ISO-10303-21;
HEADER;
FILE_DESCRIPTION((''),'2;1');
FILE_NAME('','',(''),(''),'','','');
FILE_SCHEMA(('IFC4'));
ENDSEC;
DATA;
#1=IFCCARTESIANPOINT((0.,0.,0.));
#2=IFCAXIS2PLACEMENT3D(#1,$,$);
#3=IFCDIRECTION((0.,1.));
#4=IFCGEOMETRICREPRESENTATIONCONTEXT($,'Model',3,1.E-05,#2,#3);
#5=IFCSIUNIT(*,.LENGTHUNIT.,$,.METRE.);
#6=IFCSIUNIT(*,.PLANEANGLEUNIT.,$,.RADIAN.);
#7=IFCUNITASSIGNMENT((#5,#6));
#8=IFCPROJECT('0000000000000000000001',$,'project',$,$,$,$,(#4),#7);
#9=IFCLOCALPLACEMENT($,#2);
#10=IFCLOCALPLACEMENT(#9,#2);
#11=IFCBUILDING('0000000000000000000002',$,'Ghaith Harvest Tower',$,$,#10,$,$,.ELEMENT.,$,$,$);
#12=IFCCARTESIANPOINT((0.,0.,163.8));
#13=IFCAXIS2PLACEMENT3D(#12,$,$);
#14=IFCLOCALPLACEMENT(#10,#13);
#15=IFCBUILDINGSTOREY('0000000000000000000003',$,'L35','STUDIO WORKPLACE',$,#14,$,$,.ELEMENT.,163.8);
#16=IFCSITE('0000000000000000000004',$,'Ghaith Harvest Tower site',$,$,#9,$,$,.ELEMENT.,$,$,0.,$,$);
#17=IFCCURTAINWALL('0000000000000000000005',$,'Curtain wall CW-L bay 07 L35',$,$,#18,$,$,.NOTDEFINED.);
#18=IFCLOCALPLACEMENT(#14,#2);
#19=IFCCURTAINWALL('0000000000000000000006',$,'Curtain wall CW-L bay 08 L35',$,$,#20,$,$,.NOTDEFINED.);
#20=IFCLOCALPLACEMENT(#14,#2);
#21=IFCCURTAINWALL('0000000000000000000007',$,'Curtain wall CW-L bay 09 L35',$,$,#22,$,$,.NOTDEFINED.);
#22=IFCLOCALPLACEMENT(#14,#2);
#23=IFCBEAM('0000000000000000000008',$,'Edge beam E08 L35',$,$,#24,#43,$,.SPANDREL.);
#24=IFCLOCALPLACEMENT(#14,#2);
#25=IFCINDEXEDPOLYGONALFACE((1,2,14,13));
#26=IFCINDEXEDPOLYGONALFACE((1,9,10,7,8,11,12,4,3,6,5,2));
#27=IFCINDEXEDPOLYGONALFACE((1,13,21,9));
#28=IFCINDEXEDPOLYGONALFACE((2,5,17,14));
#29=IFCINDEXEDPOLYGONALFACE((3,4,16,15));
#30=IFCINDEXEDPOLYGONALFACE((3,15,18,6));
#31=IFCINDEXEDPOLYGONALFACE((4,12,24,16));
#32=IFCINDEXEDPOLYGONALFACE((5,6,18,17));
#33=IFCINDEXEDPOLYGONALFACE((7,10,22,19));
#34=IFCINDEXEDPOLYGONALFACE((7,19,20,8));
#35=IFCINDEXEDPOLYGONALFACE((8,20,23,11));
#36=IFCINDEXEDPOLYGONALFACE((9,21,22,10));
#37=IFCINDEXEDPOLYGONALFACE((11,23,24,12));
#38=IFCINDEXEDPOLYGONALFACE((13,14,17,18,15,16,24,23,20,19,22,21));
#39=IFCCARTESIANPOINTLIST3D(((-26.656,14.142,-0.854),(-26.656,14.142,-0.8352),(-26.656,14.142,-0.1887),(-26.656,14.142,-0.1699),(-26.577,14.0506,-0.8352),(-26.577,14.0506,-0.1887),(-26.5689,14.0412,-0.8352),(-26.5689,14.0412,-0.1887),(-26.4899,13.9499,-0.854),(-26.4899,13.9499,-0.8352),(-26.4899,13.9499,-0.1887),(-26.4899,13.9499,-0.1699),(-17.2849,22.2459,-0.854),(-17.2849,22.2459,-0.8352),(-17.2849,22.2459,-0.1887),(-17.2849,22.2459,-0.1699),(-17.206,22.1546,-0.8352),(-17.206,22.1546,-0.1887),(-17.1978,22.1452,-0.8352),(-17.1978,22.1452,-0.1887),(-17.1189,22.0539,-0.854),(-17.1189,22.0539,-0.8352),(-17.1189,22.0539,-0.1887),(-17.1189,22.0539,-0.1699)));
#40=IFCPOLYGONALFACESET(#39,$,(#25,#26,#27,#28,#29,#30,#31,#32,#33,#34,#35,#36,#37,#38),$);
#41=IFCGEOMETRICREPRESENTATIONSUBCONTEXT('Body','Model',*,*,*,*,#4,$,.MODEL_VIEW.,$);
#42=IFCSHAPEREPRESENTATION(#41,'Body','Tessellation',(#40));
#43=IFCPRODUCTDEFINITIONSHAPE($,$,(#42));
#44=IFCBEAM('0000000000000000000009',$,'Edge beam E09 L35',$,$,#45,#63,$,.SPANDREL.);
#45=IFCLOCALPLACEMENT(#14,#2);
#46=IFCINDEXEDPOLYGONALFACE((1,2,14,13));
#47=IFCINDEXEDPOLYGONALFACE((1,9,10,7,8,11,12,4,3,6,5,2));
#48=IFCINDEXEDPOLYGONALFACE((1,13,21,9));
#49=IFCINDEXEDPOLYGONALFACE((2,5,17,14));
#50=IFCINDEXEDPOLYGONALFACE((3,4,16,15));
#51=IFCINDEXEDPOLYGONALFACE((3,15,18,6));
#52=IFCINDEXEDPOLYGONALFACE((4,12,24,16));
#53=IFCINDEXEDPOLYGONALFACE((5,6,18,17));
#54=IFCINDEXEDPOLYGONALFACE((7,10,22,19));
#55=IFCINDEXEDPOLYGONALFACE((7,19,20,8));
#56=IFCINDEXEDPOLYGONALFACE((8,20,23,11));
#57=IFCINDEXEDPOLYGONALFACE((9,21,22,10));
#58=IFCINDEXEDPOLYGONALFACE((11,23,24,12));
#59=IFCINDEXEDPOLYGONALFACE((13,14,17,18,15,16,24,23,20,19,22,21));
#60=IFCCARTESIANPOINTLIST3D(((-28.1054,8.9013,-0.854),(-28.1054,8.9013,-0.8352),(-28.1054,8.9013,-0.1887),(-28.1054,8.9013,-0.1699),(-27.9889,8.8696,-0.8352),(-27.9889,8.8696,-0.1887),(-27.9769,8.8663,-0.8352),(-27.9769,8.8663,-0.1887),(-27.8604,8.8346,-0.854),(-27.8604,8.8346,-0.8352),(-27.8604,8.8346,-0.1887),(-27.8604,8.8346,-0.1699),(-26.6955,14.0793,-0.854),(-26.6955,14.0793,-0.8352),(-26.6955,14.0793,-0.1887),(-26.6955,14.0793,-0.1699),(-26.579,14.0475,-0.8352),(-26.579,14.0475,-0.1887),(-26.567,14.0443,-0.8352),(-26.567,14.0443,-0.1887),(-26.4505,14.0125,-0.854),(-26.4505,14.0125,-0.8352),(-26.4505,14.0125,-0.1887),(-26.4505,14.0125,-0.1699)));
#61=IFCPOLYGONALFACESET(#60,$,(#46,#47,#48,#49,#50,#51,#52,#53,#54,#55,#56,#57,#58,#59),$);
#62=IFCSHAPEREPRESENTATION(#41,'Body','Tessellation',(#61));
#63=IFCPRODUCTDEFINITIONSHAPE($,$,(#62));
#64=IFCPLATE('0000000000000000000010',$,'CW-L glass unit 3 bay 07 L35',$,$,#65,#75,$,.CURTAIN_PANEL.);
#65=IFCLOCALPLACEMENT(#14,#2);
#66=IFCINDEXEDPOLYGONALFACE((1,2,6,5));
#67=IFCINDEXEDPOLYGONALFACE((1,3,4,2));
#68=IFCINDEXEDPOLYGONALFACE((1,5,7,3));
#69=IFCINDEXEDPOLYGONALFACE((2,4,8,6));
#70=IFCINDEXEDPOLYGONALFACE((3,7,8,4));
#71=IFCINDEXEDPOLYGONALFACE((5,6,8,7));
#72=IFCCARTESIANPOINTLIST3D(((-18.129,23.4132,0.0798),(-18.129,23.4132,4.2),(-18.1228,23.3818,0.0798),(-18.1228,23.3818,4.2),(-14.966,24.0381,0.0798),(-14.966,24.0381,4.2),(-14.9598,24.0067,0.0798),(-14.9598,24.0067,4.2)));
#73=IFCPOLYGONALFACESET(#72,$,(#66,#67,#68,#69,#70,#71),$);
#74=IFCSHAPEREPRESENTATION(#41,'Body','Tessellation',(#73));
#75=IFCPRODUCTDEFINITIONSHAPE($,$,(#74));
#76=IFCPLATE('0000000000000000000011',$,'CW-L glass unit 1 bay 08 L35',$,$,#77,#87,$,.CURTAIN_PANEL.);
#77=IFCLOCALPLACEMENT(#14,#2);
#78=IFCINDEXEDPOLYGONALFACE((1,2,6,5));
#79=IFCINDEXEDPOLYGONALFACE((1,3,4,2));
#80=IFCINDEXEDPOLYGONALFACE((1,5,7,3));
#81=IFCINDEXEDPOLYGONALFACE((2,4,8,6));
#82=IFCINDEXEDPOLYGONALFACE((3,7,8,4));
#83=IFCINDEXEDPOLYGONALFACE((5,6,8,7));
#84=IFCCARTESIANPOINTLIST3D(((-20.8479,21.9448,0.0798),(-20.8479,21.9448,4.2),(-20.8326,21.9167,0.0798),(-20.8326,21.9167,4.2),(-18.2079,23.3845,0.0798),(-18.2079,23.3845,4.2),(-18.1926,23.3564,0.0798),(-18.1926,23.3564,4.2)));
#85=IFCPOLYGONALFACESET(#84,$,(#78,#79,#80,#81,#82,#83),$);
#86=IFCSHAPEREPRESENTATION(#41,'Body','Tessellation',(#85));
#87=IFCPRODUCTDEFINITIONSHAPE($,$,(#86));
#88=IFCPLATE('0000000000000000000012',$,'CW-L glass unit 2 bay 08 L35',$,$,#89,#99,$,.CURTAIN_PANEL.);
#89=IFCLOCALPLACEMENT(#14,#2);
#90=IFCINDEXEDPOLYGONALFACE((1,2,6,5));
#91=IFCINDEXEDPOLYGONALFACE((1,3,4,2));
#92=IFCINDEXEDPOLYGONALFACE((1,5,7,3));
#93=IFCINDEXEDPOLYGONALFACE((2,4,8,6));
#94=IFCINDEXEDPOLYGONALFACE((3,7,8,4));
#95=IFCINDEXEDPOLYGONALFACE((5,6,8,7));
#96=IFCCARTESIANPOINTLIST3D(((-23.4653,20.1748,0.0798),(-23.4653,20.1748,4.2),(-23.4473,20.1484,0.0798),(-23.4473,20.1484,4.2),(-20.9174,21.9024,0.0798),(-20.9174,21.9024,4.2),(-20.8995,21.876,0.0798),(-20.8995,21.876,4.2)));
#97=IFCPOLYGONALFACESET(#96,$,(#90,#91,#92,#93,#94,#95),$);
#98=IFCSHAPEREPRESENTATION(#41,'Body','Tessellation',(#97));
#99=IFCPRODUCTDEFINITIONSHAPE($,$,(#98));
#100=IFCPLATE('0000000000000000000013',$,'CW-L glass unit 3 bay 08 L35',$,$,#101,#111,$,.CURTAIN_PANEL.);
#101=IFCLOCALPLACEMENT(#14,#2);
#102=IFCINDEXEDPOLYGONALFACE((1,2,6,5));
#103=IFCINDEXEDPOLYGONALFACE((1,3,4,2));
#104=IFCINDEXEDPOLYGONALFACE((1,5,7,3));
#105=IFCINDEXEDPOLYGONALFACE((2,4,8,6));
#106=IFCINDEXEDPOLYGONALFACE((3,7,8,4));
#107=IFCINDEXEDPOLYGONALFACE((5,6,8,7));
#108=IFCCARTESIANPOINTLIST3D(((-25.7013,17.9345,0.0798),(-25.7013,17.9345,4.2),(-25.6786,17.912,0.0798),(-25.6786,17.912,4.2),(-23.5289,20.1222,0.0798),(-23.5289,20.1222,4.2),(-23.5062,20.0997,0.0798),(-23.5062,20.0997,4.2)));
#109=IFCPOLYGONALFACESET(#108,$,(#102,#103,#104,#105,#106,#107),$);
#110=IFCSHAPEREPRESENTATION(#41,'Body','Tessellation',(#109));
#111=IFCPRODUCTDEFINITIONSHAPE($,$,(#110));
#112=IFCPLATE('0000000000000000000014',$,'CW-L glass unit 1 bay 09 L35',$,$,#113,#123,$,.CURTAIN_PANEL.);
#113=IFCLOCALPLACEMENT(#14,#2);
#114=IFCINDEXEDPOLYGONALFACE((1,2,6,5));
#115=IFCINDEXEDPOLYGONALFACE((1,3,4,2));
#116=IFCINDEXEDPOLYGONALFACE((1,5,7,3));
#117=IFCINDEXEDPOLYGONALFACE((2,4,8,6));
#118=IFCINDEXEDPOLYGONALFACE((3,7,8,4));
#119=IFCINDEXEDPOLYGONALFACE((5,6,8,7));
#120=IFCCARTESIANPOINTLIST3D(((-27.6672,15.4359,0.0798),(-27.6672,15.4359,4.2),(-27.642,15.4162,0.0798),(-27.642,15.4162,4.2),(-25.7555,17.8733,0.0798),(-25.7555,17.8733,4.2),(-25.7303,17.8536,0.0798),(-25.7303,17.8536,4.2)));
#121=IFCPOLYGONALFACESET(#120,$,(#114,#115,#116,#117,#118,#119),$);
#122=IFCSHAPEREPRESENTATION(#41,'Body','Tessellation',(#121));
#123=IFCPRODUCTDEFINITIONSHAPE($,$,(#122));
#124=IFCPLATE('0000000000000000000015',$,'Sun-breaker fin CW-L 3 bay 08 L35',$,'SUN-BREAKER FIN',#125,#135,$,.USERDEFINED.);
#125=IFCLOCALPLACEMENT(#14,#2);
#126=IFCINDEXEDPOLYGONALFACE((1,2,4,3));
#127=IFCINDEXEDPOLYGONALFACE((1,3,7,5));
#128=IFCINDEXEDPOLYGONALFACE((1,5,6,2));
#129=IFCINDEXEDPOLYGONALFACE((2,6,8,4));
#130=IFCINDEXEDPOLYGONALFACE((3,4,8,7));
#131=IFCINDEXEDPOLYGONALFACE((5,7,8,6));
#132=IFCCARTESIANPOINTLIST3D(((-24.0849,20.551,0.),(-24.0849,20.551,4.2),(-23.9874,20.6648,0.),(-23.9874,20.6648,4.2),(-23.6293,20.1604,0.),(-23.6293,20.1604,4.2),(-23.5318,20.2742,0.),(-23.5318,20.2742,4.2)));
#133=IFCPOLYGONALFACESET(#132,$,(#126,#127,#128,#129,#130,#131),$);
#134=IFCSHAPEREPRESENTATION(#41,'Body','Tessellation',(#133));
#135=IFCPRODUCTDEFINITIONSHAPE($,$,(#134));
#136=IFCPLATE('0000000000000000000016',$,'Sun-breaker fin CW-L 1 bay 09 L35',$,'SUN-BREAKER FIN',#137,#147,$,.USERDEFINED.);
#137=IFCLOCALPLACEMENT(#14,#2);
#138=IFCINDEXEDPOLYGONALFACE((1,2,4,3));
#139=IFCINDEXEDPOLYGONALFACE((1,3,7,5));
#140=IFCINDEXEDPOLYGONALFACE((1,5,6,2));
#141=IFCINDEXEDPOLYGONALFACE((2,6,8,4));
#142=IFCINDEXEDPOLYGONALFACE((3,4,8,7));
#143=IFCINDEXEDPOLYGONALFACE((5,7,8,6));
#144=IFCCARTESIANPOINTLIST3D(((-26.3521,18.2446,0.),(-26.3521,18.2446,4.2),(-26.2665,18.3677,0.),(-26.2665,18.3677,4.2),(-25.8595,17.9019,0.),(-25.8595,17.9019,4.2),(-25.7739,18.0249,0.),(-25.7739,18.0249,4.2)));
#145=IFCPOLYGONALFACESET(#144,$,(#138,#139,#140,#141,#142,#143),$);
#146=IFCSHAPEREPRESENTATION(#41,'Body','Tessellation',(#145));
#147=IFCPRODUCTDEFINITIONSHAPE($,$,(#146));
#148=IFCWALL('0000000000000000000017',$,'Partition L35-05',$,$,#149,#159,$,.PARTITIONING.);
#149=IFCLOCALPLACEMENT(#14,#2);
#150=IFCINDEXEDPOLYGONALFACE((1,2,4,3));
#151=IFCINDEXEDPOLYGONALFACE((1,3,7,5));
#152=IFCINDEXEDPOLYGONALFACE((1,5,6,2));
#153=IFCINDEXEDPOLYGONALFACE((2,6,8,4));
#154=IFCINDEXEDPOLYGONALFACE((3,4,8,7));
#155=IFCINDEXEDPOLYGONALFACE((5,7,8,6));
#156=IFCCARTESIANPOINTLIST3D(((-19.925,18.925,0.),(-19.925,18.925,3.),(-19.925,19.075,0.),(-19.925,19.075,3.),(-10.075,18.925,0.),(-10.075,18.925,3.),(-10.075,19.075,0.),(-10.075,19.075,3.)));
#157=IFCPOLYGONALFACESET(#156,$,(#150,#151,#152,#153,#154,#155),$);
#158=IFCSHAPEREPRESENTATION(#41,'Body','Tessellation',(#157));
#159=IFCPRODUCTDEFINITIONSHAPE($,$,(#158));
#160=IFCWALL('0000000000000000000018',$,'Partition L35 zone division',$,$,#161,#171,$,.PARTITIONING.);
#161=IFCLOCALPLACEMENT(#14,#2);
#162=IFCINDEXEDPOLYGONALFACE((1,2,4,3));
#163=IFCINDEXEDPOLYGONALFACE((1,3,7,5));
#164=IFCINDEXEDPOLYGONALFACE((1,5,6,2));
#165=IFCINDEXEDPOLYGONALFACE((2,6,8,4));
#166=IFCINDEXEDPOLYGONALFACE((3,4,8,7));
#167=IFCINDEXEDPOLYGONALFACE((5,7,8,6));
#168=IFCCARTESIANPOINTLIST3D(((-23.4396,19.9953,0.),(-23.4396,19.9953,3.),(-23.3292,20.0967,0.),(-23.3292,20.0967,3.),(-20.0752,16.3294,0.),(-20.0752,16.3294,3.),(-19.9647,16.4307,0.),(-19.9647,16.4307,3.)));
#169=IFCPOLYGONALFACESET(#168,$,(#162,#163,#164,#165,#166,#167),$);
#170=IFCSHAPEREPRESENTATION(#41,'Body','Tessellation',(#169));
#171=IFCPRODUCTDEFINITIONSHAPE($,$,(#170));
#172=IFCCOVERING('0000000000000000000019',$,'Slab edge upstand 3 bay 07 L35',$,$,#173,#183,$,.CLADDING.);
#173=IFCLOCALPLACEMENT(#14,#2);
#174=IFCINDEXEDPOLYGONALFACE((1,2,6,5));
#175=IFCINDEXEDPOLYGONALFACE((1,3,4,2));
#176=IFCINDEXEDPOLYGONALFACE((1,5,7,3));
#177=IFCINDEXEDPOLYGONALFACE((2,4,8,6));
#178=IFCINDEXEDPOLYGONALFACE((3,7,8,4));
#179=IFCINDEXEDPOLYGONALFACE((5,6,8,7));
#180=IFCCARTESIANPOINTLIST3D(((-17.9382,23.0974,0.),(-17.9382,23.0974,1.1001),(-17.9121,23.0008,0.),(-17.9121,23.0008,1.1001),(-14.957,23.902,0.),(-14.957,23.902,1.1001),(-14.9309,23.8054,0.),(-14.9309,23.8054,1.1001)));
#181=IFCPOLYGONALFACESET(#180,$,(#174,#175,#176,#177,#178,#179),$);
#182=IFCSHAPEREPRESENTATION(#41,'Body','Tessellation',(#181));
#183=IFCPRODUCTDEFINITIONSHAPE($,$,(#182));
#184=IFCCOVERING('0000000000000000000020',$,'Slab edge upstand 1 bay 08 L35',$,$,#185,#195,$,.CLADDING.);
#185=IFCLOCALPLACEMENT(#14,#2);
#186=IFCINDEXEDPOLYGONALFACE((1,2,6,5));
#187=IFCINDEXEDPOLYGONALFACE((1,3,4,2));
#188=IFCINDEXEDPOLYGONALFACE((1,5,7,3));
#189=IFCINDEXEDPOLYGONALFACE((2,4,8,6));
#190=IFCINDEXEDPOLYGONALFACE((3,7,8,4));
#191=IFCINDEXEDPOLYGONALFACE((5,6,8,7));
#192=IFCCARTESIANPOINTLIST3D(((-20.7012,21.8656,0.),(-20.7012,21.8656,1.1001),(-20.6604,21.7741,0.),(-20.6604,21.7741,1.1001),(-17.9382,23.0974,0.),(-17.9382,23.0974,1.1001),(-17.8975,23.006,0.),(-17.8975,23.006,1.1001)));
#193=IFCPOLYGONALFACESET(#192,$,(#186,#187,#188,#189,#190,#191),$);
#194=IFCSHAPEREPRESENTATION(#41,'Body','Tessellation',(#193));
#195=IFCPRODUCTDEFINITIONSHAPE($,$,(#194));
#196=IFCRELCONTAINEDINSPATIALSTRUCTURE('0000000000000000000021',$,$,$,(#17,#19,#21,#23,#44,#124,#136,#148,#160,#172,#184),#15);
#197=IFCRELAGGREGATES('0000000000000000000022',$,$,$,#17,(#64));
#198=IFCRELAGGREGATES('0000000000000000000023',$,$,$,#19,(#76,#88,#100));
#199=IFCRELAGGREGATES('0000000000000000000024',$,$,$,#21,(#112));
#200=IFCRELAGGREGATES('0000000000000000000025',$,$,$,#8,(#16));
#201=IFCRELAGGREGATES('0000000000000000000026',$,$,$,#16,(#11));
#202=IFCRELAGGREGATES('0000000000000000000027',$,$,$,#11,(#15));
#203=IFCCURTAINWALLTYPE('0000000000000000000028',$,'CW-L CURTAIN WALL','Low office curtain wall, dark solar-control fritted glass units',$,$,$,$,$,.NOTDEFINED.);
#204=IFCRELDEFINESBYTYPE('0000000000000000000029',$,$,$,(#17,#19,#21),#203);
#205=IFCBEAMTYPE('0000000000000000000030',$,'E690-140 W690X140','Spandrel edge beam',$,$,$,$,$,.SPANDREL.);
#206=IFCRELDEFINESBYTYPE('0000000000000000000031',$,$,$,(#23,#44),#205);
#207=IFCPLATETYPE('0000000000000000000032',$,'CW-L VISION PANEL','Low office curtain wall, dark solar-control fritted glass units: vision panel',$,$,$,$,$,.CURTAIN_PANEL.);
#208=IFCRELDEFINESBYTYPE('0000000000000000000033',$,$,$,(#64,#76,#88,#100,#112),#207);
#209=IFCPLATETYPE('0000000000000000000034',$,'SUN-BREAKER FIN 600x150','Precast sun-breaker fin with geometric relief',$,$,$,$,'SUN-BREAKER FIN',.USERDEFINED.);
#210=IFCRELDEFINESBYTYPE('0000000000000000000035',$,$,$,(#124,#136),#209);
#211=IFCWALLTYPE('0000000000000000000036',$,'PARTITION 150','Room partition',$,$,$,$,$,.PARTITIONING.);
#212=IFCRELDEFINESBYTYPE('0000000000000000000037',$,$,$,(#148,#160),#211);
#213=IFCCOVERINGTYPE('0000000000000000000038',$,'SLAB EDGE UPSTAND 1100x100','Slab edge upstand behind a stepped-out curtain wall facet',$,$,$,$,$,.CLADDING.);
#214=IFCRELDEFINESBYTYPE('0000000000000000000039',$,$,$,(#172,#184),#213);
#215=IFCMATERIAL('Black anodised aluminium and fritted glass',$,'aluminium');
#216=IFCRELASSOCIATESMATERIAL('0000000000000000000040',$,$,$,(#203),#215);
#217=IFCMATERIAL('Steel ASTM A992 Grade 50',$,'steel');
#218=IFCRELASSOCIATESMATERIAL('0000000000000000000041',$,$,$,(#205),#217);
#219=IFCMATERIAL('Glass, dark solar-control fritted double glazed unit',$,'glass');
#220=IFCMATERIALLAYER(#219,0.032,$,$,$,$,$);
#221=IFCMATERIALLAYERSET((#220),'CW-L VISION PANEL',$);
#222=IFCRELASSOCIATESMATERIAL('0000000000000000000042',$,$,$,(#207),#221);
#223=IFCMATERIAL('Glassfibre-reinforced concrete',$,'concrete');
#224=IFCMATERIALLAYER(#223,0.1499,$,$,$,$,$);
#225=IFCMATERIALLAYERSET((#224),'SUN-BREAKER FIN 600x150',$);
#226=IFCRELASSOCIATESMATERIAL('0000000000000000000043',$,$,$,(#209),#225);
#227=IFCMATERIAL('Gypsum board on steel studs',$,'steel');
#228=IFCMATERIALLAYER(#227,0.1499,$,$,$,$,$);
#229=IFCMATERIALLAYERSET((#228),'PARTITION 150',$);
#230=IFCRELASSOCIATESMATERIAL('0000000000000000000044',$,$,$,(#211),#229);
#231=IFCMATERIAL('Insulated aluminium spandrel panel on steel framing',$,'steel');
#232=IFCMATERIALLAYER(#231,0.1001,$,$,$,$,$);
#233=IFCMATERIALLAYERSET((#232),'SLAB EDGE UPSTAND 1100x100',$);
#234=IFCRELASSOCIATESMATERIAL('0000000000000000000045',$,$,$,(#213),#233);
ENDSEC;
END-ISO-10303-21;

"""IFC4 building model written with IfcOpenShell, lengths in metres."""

from ifc_helpers import new_model, si_unit, direction, frame, frame_2d, origin, origin_2d, place, context, subcontext, project, spatial, rectangle, i_section, extrude, material, layer, layer_set, material_profile, profile_set, type_object, element, aggregate, save


model = new_model("IFC4")

# Units and contexts
model_context = context("Model", 3, precision=1e-05, world=origin(), true_north=direction((0.0, 1.0)))
body_context = subcontext(model_context, "Body", "Model", "MODEL_VIEW")
ifc_project = project(units=[si_unit("LENGTHUNIT", "METRE"), si_unit("PLANEANGLEUNIT", "RADIAN")], contexts=[model_context])

# Site, building, storey
site_placement = place(None, origin())
site = spatial("IfcSite", under=ifc_project, at=site_placement, Name="Ghaith Harvest Tower site", CompositionType="ELEMENT", RefElevation=0.0)
building_placement = place(site_placement, origin())
building = spatial("IfcBuilding", under=site, at=building_placement, Name="Ghaith Harvest Tower", CompositionType="ELEMENT")
storey_placement = place(building_placement, frame((0.0, 0.0, 163.8)))
storey = spatial("IfcBuildingStorey", under=building, at=storey_placement, Name="L35", Description="STUDIO WORKPLACE", CompositionType="ELEMENT", Elevation=163.8)

# Curtain wall
ifc_material_1 = material(Name="Black anodised aluminium and fritted glass", Category="aluminium")
curtain_wall_type = type_object("IfcCurtainWallType", Name="CW-L CURTAIN WALL", Description="Low office curtain wall, dark solar-control fritted glass units", PredefinedType="NOTDEFINED", material=ifc_material_1)
curtain_wall_1_placement = place(storey_placement, origin())
curtain_wall_1 = element("IfcCurtainWall", 1, at=curtain_wall_1_placement, inside=storey, type_object=curtain_wall_type, Name="Curtain wall CW-L bay 07 L35", PredefinedType="NOTDEFINED")

# Curtain walls
curtain_wall_2_placement = place(storey_placement, origin())
curtain_wall_2 = element("IfcCurtainWall", 2, at=curtain_wall_2_placement, inside=storey, type_object=curtain_wall_type, Name="Curtain wall CW-L bay 08 L35", PredefinedType="NOTDEFINED")
curtain_wall_3_placement = place(storey_placement, origin())
curtain_wall_3 = element("IfcCurtainWall", 3, at=curtain_wall_3_placement, inside=storey, type_object=curtain_wall_type, Name="Curtain wall CW-L bay 09 L35", PredefinedType="NOTDEFINED")

# Beams
ifc_material_2 = material(Name="Steel ASTM A992 Grade 50", Category="steel")
ifc_material_profile_1 = material_profile(ifc_material_2, i_section(OverallWidth=0.2539, OverallDepth=0.6841, WebThickness=0.0125, FlangeThickness=0.0188, at=origin_2d()), Name="W690X140")
ifc_profile_set_1 = profile_set([ifc_material_profile_1], Name="Steel ASTM A992 Grade 50")
beam_type = type_object("IfcBeamType", Name="E690-140 W690X140", Description="Spandrel edge beam", PredefinedType="SPANDREL", material=ifc_profile_set_1)
beam_1_placement = place(storey_placement, frame((-17.2019, 22.1499, -0.512), z_axis=(-0.756392, -0.654118, 0.0), x_axis=(0.654118, -0.756392, 0.0)))
element("IfcBeam", 4, at=beam_1_placement, inside=storey, type_object=beam_type, Name="Edge beam E08 L35", PredefinedType="SPANDREL", context=body_context, shape_type="SweptSolid", body=[
    extrude(i_section(OverallWidth=0.2539, OverallDepth=0.6841, WebThickness=0.0125, FlangeThickness=0.0188, at=origin_2d()), origin(), (0.0, 0.0, 1.0), 12.3892),
])
beam_2_placement = place(storey_placement, frame((-26.573, 14.0459, -0.512), z_axis=(-0.262725, -0.964871, 0.0), x_axis=(0.964871, -0.262725, 0.0)))
element("IfcBeam", 5, at=beam_2_placement, inside=storey, type_object=beam_type, Name="Edge beam E09 L35", PredefinedType="SPANDREL", context=body_context, shape_type="SweptSolid", body=[
    extrude(i_section(OverallWidth=0.2539, OverallDepth=0.6841, WebThickness=0.0125, FlangeThickness=0.0188, at=origin_2d()), origin(), (0.0, 0.0, 1.0), 5.3665),
])

# Plates
ifc_material_3 = material(Name="Glass, dark solar-control fritted double glazed unit", Category="glass")
ifc_layer_1 = layer(ifc_material_3, 0.032)
ifc_layer_set_1 = layer_set([ifc_layer_1], Name="CW-L VISION PANEL")
plate_type_1 = type_object("IfcPlateType", Name="CW-L VISION PANEL", Description="Low office curtain wall, dark solar-control fritted glass units: vision panel", PredefinedType="CURTAIN_PANEL", material=ifc_layer_set_1)
plate_1_placement = place(storey_placement, frame((-16.5444, 23.71, 0.0798), z_axis=(0.0, 0.0, 1.0), x_axis=(-0.981038, -0.193818, 0.0)))
plate_1 = element("IfcPlate", 6, at=plate_1_placement, type_object=plate_type_1, Name="CW-L glass unit 3 bay 07 L35", PredefinedType="CURTAIN_PANEL", context=body_context, shape_type="SweptSolid", body=[
    extrude(rectangle(XDim=3.2241, YDim=0.032, at=origin_2d()), origin(), (0.0, 0.0, 1.0), 4.1201),
])
aggregate(curtain_wall_1, [plate_1])
plate_2_placement = place(storey_placement, frame((-19.5203, 22.6506, 0.0798), z_axis=(0.0, 0.0, 1.0), x_axis=(-0.87794, -0.47877, 0.0)))
plate_2 = element("IfcPlate", 7, at=plate_2_placement, type_object=plate_type_1, Name="CW-L glass unit 1 bay 08 L35", PredefinedType="CURTAIN_PANEL", context=body_context, shape_type="SweptSolid", body=[
    extrude(rectangle(XDim=3.0071, YDim=0.032, at=origin_2d()), origin(), (0.0, 0.0, 1.0), 4.1201),
])
plate_3_placement = place(storey_placement, frame((-22.1824, 21.0254, 0.0798), z_axis=(0.0, 0.0, 1.0), x_axis=(-0.827675, -0.561208, 0.0)))
plate_3 = element("IfcPlate", 8, at=plate_3_placement, type_object=plate_type_1, Name="CW-L glass unit 2 bay 08 L35", PredefinedType="CURTAIN_PANEL", context=body_context, shape_type="SweptSolid", body=[
    extrude(rectangle(XDim=3.0784, YDim=0.032, at=origin_2d()), origin(), (0.0, 0.0, 1.0), 4.1201),
])
plate_4_placement = place(storey_placement, frame((-24.6038, 19.0171, 0.0798), z_axis=(0.0, 0.0, 1.0), x_axis=(-0.704614, -0.709591, 0.0)))
plate_4 = element("IfcPlate", 9, at=plate_4_placement, type_object=plate_type_1, Name="CW-L glass unit 3 bay 08 L35", PredefinedType="CURTAIN_PANEL", context=body_context, shape_type="SweptSolid", body=[
    extrude(rectangle(XDim=3.083, YDim=0.032, at=origin_2d()), origin(), (0.0, 0.0, 1.0), 4.1201),
])
aggregate(curtain_wall_2, [plate_2, plate_3, plate_4])
plate_5_placement = place(storey_placement, frame((-26.6987, 16.6448, 0.0798), z_axis=(0.0, 0.0, 1.0), x_axis=(-0.617141, -0.786853, 0.0)))
plate_5 = element("IfcPlate", 10, at=plate_5_placement, type_object=plate_type_1, Name="CW-L glass unit 1 bay 09 L35", PredefinedType="CURTAIN_PANEL", context=body_context, shape_type="SweptSolid", body=[
    extrude(rectangle(XDim=3.0977, YDim=0.032, at=origin_2d()), origin(), (0.0, 0.0, 1.0), 4.1201),
])
aggregate(curtain_wall_3, [plate_5])

# Plates
ifc_material_4 = material(Name="Glassfibre-reinforced concrete", Category="concrete")
ifc_layer_2 = layer(ifc_material_4, 0.1499)
ifc_layer_set_2 = layer_set([ifc_layer_2], Name="SUN-BREAKER FIN 600x150")
plate_type_2 = type_object("IfcPlateType", Name="SUN-BREAKER FIN 600x150", Description="Precast sun-breaker fin with geometric relief", ElementType="SUN-BREAKER FIN", PredefinedType="USERDEFINED", material=ifc_layer_set_2)
for number, where, z_axis, x_axis, name in (
    (11, (-23.8083, 20.4126, 0.0), (0.0, 0.0, 1.0), (-0.75917, 0.650893, 0.0), "Sun-breaker fin CW-L 3 bay 08 L35"),
    (12, (-26.063, 18.1348, 0.0), (0.0, 0.0, 1.0), (-0.820845, 0.57115, 0.0), "Sun-breaker fin CW-L 1 bay 09 L35"),
):
    element("IfcPlate", number, at=place(storey_placement, frame(where, z_axis=z_axis, x_axis=x_axis)), inside=storey, type_object=plate_type_2, Name=name, ObjectType="SUN-BREAKER FIN", PredefinedType="USERDEFINED", context=body_context, shape_type="SweptSolid", body=[
        extrude(rectangle(XDim=0.6001, YDim=0.1499, at=origin_2d()), origin(), (0.0, 0.0, 1.0), 4.2),
    ])

# Walls
ifc_material_5 = material(Name="Gypsum board on steel studs", Category="steel")
ifc_layer_3 = layer(ifc_material_5, 0.1499)
ifc_layer_set_3 = layer_set([ifc_layer_3], Name="PARTITION 150")
wall_type = type_object("IfcWallType", Name="PARTITION 150", Description="Room partition", PredefinedType="PARTITIONING", material=ifc_layer_set_3)
wall_1_placement = place(storey_placement, frame((-19.925, 19.0, 0.0), z_axis=(0.0, 0.0, 1.0), x_axis=(1.0, 0.0, 0.0)))
element("IfcWall", 13, at=wall_1_placement, inside=storey, type_object=wall_type, Name="Partition L35-05", PredefinedType="PARTITIONING", context=body_context, shape_type="SweptSolid", body=[
    extrude(rectangle(XDim=9.8501, YDim=0.1499, at=frame_2d((4.925, 0.0))), origin(), (0.0, 0.0, 1.0), 3.0),
])
wall_2_placement = place(storey_placement, frame((-20.02, 16.3801, 0.0), z_axis=(0.0, 0.0, 1.0), x_axis=(-0.67616, 0.736755, 0.0)))
element("IfcWall", 14, at=wall_2_placement, inside=storey, type_object=wall_type, Name="Partition L35 zone division", PredefinedType="PARTITIONING", context=body_context, shape_type="SweptSolid", body=[
    extrude(rectangle(XDim=4.9758, YDim=0.1499, at=frame_2d((2.4878, 0.0))), origin(), (0.0, 0.0, 1.0), 3.0),
])

# Coverings
ifc_material_6 = material(Name="Insulated aluminium spandrel panel on steel framing", Category="steel")
ifc_layer_4 = layer(ifc_material_6, 0.1001)
ifc_layer_set_4 = layer_set([ifc_layer_4], Name="SLAB EDGE UPSTAND 1100x100")
covering_type = type_object("IfcCoveringType", Name="SLAB EDGE UPSTAND 1100x100", Description="Slab edge upstand behind a stepped-out curtain wall facet", PredefinedType="CLADDING", material=ifc_layer_set_4)
covering_1_placement = place(storey_placement, frame((-16.4346, 23.4514, 0.0), z_axis=(0.0, 0.0, 1.0), x_axis=(-0.965455, -0.26057, 0.0)))
element("IfcCovering", 15, at=covering_1_placement, inside=storey, type_object=covering_type, Name="Slab edge upstand 3 bay 07 L35", PredefinedType="CLADDING", context=body_context, shape_type="SweptSolid", body=[
    extrude(rectangle(XDim=3.0879, YDim=0.1001, at=origin_2d()), origin(), (0.0, 0.0, 1.0), 1.1001),
])
covering_2_placement = place(storey_placement, frame((-19.2993, 22.4358, 0.0), z_axis=(0.0, 0.0, 1.0), x_axis=(-0.913335, -0.40721, 0.0)))
element("IfcCovering", 16, at=covering_2_placement, inside=storey, type_object=covering_type, Name="Slab edge upstand 1 bay 08 L35", PredefinedType="CLADDING", context=body_context, shape_type="SweptSolid", body=[
    extrude(rectangle(XDim=3.0251, YDim=0.1001, at=origin_2d()), origin(), (0.0, 0.0, 1.0), 1.1001),
])

save(model, "model.ifc")
